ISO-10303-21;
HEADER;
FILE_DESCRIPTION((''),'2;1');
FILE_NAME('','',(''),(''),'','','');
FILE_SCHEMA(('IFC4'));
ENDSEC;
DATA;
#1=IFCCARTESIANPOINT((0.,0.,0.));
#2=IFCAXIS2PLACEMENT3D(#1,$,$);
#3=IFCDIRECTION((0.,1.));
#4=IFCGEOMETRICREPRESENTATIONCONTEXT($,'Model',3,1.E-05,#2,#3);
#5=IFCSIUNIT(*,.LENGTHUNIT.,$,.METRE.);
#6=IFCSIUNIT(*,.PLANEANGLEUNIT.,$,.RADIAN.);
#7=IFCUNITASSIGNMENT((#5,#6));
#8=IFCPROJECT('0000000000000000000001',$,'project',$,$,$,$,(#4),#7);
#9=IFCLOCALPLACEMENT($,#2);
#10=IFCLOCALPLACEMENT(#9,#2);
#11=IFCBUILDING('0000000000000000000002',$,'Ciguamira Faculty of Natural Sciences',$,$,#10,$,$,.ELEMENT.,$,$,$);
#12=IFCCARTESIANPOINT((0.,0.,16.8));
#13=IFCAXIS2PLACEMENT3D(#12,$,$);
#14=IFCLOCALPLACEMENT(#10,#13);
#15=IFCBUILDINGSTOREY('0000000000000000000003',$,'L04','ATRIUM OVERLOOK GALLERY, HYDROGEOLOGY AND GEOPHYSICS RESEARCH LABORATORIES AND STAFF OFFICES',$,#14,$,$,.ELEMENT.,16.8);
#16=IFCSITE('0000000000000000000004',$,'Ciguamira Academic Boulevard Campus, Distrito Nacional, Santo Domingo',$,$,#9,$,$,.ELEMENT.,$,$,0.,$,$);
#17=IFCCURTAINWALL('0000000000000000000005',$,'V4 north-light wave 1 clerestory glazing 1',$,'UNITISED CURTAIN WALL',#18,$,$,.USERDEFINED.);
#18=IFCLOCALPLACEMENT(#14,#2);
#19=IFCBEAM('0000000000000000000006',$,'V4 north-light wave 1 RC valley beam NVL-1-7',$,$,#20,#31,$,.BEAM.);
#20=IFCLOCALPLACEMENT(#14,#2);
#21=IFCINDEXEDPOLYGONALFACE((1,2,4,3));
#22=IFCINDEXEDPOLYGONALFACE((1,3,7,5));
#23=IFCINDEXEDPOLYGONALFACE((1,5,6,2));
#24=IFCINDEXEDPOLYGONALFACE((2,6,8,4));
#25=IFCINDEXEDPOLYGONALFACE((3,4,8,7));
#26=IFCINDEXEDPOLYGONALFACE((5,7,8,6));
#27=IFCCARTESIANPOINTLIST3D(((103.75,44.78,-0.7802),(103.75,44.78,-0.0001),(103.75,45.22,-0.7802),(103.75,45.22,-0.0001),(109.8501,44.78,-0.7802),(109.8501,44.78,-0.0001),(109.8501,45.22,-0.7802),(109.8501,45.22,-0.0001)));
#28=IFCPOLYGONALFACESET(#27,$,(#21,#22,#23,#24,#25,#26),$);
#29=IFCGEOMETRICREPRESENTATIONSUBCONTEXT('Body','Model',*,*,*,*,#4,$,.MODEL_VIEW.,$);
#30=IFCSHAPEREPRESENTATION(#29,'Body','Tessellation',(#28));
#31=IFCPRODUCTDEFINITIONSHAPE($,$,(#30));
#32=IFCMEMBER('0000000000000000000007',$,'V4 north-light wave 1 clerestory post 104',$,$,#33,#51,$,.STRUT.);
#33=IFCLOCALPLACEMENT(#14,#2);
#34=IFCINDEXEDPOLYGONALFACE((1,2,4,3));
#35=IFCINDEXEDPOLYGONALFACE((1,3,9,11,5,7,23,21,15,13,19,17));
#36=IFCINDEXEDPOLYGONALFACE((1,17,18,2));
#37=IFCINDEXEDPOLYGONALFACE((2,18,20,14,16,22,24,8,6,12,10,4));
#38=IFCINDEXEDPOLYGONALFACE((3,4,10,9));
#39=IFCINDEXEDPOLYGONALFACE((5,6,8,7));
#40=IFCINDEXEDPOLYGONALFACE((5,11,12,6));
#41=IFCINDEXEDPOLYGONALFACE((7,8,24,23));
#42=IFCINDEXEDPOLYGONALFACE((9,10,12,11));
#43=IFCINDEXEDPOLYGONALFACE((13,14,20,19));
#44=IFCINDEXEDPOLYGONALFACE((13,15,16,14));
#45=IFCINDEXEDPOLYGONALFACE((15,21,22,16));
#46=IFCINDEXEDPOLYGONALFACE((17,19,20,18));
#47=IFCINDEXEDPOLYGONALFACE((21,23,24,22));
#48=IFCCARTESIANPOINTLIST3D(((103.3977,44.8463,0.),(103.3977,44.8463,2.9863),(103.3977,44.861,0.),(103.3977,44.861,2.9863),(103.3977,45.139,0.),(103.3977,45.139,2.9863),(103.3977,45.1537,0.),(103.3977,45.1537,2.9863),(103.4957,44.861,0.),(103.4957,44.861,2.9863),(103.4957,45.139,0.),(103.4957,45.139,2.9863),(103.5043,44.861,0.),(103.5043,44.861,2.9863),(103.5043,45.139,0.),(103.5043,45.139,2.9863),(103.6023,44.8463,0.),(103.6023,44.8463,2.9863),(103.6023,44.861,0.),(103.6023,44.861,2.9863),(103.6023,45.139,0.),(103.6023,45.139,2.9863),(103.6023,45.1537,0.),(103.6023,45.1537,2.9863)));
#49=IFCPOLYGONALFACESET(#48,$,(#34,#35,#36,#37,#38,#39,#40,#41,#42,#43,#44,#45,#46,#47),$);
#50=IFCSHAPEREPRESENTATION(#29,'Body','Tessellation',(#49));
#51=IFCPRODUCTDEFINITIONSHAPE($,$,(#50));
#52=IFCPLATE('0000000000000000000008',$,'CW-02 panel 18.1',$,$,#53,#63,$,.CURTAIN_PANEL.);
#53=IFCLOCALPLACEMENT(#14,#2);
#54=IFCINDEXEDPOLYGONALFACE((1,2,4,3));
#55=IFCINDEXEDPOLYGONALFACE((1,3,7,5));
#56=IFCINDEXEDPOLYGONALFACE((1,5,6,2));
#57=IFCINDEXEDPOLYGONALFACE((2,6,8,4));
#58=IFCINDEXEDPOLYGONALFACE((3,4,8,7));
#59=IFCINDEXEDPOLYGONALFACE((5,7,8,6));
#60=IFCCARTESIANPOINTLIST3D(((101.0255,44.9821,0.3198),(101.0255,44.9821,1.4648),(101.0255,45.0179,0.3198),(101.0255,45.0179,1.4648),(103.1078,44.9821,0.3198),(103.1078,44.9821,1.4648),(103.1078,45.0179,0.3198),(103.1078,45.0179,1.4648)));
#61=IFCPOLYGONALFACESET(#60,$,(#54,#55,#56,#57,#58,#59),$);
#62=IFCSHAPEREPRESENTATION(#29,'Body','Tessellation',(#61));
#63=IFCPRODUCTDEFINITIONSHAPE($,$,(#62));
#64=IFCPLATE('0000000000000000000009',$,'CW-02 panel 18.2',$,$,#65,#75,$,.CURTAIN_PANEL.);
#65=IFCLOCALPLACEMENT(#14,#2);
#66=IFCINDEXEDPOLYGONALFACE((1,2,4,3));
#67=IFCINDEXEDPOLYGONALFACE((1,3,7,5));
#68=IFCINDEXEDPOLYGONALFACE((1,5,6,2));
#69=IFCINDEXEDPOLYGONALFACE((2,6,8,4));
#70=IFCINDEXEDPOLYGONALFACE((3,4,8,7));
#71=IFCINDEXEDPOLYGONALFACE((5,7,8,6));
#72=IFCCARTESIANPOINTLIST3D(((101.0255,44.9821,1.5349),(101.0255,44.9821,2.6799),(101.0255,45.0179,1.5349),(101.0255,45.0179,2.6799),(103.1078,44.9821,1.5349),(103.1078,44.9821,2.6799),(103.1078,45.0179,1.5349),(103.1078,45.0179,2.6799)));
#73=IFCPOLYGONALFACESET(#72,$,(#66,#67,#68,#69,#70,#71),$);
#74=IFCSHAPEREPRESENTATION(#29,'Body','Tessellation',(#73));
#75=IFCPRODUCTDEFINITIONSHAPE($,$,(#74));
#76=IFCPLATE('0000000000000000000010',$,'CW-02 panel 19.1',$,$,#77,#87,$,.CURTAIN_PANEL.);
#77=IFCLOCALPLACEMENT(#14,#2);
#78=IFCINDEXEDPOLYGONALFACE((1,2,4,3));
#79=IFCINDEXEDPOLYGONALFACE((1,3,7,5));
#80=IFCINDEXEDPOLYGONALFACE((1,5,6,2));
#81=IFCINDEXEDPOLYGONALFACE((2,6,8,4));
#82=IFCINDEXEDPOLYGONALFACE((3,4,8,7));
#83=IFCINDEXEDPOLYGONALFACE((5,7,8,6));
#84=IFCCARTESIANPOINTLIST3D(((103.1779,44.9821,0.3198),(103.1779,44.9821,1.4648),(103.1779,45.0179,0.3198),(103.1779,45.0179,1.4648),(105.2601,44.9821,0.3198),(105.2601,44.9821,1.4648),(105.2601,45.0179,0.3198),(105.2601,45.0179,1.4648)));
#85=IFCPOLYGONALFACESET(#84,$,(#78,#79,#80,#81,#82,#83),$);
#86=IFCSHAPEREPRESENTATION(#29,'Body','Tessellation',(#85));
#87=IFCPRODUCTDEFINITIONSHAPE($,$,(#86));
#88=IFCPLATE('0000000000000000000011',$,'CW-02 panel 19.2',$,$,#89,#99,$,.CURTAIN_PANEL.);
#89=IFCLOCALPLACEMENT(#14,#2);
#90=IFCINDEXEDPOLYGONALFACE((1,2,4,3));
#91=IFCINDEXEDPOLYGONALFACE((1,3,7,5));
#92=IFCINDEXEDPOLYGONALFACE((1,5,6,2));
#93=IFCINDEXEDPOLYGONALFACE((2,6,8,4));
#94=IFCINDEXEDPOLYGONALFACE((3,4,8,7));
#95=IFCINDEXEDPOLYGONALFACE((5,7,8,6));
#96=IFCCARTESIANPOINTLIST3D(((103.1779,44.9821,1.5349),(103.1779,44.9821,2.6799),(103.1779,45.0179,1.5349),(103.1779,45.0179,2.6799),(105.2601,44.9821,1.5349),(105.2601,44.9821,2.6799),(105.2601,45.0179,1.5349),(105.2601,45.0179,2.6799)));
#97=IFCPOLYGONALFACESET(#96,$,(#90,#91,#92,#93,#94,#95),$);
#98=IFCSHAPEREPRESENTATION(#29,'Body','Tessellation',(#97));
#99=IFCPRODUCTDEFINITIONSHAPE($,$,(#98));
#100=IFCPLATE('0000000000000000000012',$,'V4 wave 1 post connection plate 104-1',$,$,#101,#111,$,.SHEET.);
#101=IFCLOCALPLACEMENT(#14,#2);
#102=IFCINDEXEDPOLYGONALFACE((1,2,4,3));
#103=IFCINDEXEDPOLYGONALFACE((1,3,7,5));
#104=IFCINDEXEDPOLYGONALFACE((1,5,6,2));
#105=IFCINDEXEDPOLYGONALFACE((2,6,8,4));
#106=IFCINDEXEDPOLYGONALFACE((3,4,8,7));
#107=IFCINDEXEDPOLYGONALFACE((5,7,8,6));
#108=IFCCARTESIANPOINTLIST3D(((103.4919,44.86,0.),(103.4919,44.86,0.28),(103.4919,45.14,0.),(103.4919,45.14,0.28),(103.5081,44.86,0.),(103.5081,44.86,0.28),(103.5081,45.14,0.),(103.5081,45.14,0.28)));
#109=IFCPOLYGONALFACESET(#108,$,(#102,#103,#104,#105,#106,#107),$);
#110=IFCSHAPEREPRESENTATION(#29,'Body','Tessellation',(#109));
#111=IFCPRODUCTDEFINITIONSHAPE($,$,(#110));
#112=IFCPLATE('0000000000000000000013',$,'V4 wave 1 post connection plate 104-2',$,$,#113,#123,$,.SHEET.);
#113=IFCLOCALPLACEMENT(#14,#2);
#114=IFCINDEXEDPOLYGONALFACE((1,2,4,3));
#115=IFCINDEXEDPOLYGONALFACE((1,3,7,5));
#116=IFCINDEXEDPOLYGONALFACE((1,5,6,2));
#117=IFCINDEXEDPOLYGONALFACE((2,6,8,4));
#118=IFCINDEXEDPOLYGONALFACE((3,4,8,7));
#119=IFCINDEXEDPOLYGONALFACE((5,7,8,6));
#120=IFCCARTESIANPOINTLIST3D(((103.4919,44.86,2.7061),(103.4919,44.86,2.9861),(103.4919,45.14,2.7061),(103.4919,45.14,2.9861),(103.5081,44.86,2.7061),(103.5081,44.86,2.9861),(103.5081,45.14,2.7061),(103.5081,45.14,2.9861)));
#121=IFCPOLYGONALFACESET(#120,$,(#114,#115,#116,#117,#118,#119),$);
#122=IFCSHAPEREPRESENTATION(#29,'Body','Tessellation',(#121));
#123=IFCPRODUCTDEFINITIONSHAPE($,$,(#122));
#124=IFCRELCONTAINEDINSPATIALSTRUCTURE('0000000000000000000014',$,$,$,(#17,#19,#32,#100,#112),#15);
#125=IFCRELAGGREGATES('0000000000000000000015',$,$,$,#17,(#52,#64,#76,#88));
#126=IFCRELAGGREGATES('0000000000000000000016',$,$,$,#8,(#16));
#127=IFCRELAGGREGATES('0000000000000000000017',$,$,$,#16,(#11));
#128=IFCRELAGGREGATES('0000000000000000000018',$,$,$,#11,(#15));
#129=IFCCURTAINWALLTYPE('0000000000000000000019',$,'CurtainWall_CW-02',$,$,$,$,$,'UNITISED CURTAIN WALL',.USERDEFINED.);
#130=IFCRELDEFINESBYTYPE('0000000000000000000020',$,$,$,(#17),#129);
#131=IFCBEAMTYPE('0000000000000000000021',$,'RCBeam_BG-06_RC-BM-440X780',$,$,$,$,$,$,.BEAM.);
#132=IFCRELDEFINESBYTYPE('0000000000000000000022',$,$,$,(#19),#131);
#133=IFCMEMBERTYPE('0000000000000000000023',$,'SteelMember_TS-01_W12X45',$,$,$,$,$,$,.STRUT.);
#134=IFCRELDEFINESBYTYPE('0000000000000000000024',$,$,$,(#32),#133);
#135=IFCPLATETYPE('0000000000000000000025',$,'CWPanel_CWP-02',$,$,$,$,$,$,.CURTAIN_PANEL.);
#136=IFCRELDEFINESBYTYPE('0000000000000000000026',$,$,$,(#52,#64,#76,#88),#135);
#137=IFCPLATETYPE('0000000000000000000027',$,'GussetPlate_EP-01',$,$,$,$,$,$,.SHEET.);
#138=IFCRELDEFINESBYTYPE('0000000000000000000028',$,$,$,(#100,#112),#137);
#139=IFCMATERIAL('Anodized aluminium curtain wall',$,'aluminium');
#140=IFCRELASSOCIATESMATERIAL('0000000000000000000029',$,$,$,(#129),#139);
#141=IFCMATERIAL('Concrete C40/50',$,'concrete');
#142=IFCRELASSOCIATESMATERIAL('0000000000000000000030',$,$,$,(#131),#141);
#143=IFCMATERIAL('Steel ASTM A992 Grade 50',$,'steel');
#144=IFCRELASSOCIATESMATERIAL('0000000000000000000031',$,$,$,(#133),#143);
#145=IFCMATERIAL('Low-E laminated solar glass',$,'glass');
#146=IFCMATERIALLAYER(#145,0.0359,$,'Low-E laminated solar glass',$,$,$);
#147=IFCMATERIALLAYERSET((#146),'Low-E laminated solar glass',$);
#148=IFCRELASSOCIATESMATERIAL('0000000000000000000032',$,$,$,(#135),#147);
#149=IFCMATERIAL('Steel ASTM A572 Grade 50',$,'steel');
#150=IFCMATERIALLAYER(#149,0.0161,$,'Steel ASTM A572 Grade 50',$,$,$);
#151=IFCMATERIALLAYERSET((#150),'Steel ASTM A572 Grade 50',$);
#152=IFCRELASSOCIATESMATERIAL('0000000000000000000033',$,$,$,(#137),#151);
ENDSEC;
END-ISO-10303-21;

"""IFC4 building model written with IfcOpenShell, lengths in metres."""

from ifc_helpers import new_model, si_unit, direction, frame, origin, origin_2d, place, context, subcontext, project, spatial, rectangle, i_section, extrude, material, layer, layer_set, material_profile, profile_set, type_object, element, aggregate, save


model = new_model("IFC4")

# Units and contexts
model_context = context("Model", 3, precision=1e-05, world=origin(), true_north=direction((0.0, 1.0)))
body_context = subcontext(model_context, "Body", "Model", "MODEL_VIEW")
ifc_project = project(units=[si_unit("LENGTHUNIT", "METRE"), si_unit("PLANEANGLEUNIT", "RADIAN")], contexts=[model_context])

# Site, building, storey
site_placement = place(None, origin())
site = spatial("IfcSite", under=ifc_project, at=site_placement, Name="Ciguamira Academic Boulevard Campus, Distrito Nacional, Santo Domingo", CompositionType="ELEMENT", RefElevation=0.0)
building_placement = place(site_placement, origin())
building = spatial("IfcBuilding", under=site, at=building_placement, Name="Ciguamira Faculty of Natural Sciences", CompositionType="ELEMENT")
storey_placement = place(building_placement, frame((0.0, 0.0, 16.8)))
storey = spatial("IfcBuildingStorey", under=building, at=storey_placement, Name="L04", Description="ATRIUM OVERLOOK GALLERY, HYDROGEOLOGY AND GEOPHYSICS RESEARCH LABORATORIES AND STAFF OFFICES", CompositionType="ELEMENT", Elevation=16.8)

# Curtain wall
ifc_material_1 = material(Name="Anodized aluminium curtain wall", Category="aluminium")
curtain_wall_type_1 = type_object("IfcCurtainWallType", Name="CurtainWall_CW-02", ElementType="UNITISED CURTAIN WALL", PredefinedType="USERDEFINED", material=ifc_material_1)
curtain_wall_1_placement = place(storey_placement, origin())
curtain_wall_1 = element("IfcCurtainWall", 1, at=curtain_wall_1_placement, inside=storey, type_object=curtain_wall_type_1, Name="V4 north-light wave 1 clerestory glazing 1", ObjectType="UNITISED CURTAIN WALL", PredefinedType="USERDEFINED")

# Beam
ifc_material_2 = material(Name="Concrete C40/50", Category="concrete")
ifc_material_profile_1 = material_profile(ifc_material_2, rectangle(XDim=0.4399, YDim=0.78, at=origin_2d()), Name="RC-BM-440X780")
ifc_profile_set_1 = profile_set([ifc_material_profile_1], Name="Concrete C40/50")
beam_type = type_object("IfcBeamType", Name="RCBeam_BG-06_RC-BM-440X780", PredefinedType="BEAM", material=ifc_profile_set_1)
beam_placement = place(storey_placement, frame((103.75, 45.0, -0.3901), z_axis=(1.0, 0.0, 0.0), x_axis=(0.0, 1.0, 0.0)))
element("IfcBeam", 2, at=beam_placement, inside=storey, type_object=beam_type, Name="V4 north-light wave 1 RC valley beam NVL-1-7", PredefinedType="BEAM", context=body_context, shape_type="SweptSolid", body=[
    extrude(rectangle(XDim=0.4399, YDim=0.78, at=origin_2d()), origin(), (0.0, 0.0, 1.0), 6.1001),
])

# Member
ifc_material_3 = material(Name="Steel ASTM A992 Grade 50", Category="steel")
ifc_material_profile_2 = material_profile(ifc_material_3, i_section(OverallWidth=0.2046, OverallDepth=0.3074, WebThickness=0.0085, FlangeThickness=0.0146, at=origin_2d()), Name="W12X45")
ifc_profile_set_2 = profile_set([ifc_material_profile_2], Name="Steel ASTM A992 Grade 50")
member_type_1 = type_object("IfcMemberType", Name="SteelMember_TS-01_W12X45", PredefinedType="STRUT", material=ifc_profile_set_2)
member_1_placement = place(storey_placement, frame((103.5, 45.0, 0.0), z_axis=(0.0, 0.0, 1.0), x_axis=(1.0, 0.0, 0.0)))
element("IfcMember", 3, at=member_1_placement, inside=storey, type_object=member_type_1, Name="V4 north-light wave 1 clerestory post 104", PredefinedType="STRUT", context=body_context, shape_type="SweptSolid", body=[
    extrude(i_section(OverallWidth=0.2046, OverallDepth=0.3074, WebThickness=0.0085, FlangeThickness=0.0146, at=origin_2d()), origin(), (0.0, 0.0, 1.0), 2.9863),
])

# Plates
ifc_material_4 = material(Name="Low-E laminated solar glass", Category="glass")
ifc_layer_1 = layer(ifc_material_4, 0.0359, Name="Low-E laminated solar glass")
ifc_layer_set_1 = layer_set([ifc_layer_1], Name="Low-E laminated solar glass")
plate_type_1 = type_object("IfcPlateType", Name="CWPanel_CWP-02", PredefinedType="CURTAIN_PANEL", material=ifc_layer_set_1)
plate_1_placement = place(storey_placement, frame((102.0667, 45.0, 0.3198), z_axis=(0.0, 0.0, 1.0), x_axis=(1.0, 0.0, 0.0)))
plate_1 = element("IfcPlate", 4, at=plate_1_placement, type_object=plate_type_1, Name="CW-02 panel 18.1", PredefinedType="CURTAIN_PANEL", context=body_context, shape_type="SweptSolid", body=[
    extrude(rectangle(XDim=2.0823, YDim=0.0359, at=origin_2d()), origin(), (0.0, 0.0, 1.0), 1.145),
])
plate_2_placement = place(storey_placement, frame((102.0667, 45.0, 1.5349), z_axis=(0.0, 0.0, 1.0), x_axis=(1.0, 0.0, 0.0)))
plate_2 = element("IfcPlate", 5, at=plate_2_placement, type_object=plate_type_1, Name="CW-02 panel 18.2", PredefinedType="CURTAIN_PANEL", context=body_context, shape_type="SweptSolid", body=[
    extrude(rectangle(XDim=2.0823, YDim=0.0359, at=origin_2d()), origin(), (0.0, 0.0, 1.0), 1.145),
])
plate_3_placement = place(storey_placement, frame((104.219, 45.0, 0.3198), z_axis=(0.0, 0.0, 1.0), x_axis=(1.0, 0.0, 0.0)))
plate_3 = element("IfcPlate", 6, at=plate_3_placement, type_object=plate_type_1, Name="CW-02 panel 19.1", PredefinedType="CURTAIN_PANEL", context=body_context, shape_type="SweptSolid", body=[
    extrude(rectangle(XDim=2.0823, YDim=0.0359, at=origin_2d()), origin(), (0.0, 0.0, 1.0), 1.145),
])
plate_4_placement = place(storey_placement, frame((104.219, 45.0, 1.5349), z_axis=(0.0, 0.0, 1.0), x_axis=(1.0, 0.0, 0.0)))
plate_4 = element("IfcPlate", 7, at=plate_4_placement, type_object=plate_type_1, Name="CW-02 panel 19.2", PredefinedType="CURTAIN_PANEL", context=body_context, shape_type="SweptSolid", body=[
    extrude(rectangle(XDim=2.0823, YDim=0.0359, at=origin_2d()), origin(), (0.0, 0.0, 1.0), 1.145),
])
aggregate(curtain_wall_1, [plate_1, plate_2, plate_3, plate_4])

# Plates
ifc_material_5 = material(Name="Steel ASTM A572 Grade 50", Category="steel")
ifc_layer_2 = layer(ifc_material_5, 0.0161, Name="Steel ASTM A572 Grade 50")
ifc_layer_set_2 = layer_set([ifc_layer_2], Name="Steel ASTM A572 Grade 50")
plate_type_2 = type_object("IfcPlateType", Name="GussetPlate_EP-01", PredefinedType="SHEET", material=ifc_layer_set_2)
for number, where, z_axis, x_axis, name in (
    (8, (103.5, 45.0, 0.0), (0.0, 0.0, 1.0), (1.0, 0.0, 0.0), "V4 wave 1 post connection plate 104-1"),
    (9, (103.5, 45.0, 2.7061), (0.0, 0.0, 1.0), (1.0, 0.0, 0.0), "V4 wave 1 post connection plate 104-2"),
):
    element("IfcPlate", number, at=place(storey_placement, frame(where, z_axis=z_axis, x_axis=x_axis)), inside=storey, type_object=plate_type_2, Name=name, PredefinedType="SHEET", context=body_context, shape_type="SweptSolid", body=[
        extrude(rectangle(XDim=0.0161, YDim=0.28, at=origin_2d()), origin(), (0.0, 0.0, 1.0), 0.28),
    ])

save(model, "model.ifc")
